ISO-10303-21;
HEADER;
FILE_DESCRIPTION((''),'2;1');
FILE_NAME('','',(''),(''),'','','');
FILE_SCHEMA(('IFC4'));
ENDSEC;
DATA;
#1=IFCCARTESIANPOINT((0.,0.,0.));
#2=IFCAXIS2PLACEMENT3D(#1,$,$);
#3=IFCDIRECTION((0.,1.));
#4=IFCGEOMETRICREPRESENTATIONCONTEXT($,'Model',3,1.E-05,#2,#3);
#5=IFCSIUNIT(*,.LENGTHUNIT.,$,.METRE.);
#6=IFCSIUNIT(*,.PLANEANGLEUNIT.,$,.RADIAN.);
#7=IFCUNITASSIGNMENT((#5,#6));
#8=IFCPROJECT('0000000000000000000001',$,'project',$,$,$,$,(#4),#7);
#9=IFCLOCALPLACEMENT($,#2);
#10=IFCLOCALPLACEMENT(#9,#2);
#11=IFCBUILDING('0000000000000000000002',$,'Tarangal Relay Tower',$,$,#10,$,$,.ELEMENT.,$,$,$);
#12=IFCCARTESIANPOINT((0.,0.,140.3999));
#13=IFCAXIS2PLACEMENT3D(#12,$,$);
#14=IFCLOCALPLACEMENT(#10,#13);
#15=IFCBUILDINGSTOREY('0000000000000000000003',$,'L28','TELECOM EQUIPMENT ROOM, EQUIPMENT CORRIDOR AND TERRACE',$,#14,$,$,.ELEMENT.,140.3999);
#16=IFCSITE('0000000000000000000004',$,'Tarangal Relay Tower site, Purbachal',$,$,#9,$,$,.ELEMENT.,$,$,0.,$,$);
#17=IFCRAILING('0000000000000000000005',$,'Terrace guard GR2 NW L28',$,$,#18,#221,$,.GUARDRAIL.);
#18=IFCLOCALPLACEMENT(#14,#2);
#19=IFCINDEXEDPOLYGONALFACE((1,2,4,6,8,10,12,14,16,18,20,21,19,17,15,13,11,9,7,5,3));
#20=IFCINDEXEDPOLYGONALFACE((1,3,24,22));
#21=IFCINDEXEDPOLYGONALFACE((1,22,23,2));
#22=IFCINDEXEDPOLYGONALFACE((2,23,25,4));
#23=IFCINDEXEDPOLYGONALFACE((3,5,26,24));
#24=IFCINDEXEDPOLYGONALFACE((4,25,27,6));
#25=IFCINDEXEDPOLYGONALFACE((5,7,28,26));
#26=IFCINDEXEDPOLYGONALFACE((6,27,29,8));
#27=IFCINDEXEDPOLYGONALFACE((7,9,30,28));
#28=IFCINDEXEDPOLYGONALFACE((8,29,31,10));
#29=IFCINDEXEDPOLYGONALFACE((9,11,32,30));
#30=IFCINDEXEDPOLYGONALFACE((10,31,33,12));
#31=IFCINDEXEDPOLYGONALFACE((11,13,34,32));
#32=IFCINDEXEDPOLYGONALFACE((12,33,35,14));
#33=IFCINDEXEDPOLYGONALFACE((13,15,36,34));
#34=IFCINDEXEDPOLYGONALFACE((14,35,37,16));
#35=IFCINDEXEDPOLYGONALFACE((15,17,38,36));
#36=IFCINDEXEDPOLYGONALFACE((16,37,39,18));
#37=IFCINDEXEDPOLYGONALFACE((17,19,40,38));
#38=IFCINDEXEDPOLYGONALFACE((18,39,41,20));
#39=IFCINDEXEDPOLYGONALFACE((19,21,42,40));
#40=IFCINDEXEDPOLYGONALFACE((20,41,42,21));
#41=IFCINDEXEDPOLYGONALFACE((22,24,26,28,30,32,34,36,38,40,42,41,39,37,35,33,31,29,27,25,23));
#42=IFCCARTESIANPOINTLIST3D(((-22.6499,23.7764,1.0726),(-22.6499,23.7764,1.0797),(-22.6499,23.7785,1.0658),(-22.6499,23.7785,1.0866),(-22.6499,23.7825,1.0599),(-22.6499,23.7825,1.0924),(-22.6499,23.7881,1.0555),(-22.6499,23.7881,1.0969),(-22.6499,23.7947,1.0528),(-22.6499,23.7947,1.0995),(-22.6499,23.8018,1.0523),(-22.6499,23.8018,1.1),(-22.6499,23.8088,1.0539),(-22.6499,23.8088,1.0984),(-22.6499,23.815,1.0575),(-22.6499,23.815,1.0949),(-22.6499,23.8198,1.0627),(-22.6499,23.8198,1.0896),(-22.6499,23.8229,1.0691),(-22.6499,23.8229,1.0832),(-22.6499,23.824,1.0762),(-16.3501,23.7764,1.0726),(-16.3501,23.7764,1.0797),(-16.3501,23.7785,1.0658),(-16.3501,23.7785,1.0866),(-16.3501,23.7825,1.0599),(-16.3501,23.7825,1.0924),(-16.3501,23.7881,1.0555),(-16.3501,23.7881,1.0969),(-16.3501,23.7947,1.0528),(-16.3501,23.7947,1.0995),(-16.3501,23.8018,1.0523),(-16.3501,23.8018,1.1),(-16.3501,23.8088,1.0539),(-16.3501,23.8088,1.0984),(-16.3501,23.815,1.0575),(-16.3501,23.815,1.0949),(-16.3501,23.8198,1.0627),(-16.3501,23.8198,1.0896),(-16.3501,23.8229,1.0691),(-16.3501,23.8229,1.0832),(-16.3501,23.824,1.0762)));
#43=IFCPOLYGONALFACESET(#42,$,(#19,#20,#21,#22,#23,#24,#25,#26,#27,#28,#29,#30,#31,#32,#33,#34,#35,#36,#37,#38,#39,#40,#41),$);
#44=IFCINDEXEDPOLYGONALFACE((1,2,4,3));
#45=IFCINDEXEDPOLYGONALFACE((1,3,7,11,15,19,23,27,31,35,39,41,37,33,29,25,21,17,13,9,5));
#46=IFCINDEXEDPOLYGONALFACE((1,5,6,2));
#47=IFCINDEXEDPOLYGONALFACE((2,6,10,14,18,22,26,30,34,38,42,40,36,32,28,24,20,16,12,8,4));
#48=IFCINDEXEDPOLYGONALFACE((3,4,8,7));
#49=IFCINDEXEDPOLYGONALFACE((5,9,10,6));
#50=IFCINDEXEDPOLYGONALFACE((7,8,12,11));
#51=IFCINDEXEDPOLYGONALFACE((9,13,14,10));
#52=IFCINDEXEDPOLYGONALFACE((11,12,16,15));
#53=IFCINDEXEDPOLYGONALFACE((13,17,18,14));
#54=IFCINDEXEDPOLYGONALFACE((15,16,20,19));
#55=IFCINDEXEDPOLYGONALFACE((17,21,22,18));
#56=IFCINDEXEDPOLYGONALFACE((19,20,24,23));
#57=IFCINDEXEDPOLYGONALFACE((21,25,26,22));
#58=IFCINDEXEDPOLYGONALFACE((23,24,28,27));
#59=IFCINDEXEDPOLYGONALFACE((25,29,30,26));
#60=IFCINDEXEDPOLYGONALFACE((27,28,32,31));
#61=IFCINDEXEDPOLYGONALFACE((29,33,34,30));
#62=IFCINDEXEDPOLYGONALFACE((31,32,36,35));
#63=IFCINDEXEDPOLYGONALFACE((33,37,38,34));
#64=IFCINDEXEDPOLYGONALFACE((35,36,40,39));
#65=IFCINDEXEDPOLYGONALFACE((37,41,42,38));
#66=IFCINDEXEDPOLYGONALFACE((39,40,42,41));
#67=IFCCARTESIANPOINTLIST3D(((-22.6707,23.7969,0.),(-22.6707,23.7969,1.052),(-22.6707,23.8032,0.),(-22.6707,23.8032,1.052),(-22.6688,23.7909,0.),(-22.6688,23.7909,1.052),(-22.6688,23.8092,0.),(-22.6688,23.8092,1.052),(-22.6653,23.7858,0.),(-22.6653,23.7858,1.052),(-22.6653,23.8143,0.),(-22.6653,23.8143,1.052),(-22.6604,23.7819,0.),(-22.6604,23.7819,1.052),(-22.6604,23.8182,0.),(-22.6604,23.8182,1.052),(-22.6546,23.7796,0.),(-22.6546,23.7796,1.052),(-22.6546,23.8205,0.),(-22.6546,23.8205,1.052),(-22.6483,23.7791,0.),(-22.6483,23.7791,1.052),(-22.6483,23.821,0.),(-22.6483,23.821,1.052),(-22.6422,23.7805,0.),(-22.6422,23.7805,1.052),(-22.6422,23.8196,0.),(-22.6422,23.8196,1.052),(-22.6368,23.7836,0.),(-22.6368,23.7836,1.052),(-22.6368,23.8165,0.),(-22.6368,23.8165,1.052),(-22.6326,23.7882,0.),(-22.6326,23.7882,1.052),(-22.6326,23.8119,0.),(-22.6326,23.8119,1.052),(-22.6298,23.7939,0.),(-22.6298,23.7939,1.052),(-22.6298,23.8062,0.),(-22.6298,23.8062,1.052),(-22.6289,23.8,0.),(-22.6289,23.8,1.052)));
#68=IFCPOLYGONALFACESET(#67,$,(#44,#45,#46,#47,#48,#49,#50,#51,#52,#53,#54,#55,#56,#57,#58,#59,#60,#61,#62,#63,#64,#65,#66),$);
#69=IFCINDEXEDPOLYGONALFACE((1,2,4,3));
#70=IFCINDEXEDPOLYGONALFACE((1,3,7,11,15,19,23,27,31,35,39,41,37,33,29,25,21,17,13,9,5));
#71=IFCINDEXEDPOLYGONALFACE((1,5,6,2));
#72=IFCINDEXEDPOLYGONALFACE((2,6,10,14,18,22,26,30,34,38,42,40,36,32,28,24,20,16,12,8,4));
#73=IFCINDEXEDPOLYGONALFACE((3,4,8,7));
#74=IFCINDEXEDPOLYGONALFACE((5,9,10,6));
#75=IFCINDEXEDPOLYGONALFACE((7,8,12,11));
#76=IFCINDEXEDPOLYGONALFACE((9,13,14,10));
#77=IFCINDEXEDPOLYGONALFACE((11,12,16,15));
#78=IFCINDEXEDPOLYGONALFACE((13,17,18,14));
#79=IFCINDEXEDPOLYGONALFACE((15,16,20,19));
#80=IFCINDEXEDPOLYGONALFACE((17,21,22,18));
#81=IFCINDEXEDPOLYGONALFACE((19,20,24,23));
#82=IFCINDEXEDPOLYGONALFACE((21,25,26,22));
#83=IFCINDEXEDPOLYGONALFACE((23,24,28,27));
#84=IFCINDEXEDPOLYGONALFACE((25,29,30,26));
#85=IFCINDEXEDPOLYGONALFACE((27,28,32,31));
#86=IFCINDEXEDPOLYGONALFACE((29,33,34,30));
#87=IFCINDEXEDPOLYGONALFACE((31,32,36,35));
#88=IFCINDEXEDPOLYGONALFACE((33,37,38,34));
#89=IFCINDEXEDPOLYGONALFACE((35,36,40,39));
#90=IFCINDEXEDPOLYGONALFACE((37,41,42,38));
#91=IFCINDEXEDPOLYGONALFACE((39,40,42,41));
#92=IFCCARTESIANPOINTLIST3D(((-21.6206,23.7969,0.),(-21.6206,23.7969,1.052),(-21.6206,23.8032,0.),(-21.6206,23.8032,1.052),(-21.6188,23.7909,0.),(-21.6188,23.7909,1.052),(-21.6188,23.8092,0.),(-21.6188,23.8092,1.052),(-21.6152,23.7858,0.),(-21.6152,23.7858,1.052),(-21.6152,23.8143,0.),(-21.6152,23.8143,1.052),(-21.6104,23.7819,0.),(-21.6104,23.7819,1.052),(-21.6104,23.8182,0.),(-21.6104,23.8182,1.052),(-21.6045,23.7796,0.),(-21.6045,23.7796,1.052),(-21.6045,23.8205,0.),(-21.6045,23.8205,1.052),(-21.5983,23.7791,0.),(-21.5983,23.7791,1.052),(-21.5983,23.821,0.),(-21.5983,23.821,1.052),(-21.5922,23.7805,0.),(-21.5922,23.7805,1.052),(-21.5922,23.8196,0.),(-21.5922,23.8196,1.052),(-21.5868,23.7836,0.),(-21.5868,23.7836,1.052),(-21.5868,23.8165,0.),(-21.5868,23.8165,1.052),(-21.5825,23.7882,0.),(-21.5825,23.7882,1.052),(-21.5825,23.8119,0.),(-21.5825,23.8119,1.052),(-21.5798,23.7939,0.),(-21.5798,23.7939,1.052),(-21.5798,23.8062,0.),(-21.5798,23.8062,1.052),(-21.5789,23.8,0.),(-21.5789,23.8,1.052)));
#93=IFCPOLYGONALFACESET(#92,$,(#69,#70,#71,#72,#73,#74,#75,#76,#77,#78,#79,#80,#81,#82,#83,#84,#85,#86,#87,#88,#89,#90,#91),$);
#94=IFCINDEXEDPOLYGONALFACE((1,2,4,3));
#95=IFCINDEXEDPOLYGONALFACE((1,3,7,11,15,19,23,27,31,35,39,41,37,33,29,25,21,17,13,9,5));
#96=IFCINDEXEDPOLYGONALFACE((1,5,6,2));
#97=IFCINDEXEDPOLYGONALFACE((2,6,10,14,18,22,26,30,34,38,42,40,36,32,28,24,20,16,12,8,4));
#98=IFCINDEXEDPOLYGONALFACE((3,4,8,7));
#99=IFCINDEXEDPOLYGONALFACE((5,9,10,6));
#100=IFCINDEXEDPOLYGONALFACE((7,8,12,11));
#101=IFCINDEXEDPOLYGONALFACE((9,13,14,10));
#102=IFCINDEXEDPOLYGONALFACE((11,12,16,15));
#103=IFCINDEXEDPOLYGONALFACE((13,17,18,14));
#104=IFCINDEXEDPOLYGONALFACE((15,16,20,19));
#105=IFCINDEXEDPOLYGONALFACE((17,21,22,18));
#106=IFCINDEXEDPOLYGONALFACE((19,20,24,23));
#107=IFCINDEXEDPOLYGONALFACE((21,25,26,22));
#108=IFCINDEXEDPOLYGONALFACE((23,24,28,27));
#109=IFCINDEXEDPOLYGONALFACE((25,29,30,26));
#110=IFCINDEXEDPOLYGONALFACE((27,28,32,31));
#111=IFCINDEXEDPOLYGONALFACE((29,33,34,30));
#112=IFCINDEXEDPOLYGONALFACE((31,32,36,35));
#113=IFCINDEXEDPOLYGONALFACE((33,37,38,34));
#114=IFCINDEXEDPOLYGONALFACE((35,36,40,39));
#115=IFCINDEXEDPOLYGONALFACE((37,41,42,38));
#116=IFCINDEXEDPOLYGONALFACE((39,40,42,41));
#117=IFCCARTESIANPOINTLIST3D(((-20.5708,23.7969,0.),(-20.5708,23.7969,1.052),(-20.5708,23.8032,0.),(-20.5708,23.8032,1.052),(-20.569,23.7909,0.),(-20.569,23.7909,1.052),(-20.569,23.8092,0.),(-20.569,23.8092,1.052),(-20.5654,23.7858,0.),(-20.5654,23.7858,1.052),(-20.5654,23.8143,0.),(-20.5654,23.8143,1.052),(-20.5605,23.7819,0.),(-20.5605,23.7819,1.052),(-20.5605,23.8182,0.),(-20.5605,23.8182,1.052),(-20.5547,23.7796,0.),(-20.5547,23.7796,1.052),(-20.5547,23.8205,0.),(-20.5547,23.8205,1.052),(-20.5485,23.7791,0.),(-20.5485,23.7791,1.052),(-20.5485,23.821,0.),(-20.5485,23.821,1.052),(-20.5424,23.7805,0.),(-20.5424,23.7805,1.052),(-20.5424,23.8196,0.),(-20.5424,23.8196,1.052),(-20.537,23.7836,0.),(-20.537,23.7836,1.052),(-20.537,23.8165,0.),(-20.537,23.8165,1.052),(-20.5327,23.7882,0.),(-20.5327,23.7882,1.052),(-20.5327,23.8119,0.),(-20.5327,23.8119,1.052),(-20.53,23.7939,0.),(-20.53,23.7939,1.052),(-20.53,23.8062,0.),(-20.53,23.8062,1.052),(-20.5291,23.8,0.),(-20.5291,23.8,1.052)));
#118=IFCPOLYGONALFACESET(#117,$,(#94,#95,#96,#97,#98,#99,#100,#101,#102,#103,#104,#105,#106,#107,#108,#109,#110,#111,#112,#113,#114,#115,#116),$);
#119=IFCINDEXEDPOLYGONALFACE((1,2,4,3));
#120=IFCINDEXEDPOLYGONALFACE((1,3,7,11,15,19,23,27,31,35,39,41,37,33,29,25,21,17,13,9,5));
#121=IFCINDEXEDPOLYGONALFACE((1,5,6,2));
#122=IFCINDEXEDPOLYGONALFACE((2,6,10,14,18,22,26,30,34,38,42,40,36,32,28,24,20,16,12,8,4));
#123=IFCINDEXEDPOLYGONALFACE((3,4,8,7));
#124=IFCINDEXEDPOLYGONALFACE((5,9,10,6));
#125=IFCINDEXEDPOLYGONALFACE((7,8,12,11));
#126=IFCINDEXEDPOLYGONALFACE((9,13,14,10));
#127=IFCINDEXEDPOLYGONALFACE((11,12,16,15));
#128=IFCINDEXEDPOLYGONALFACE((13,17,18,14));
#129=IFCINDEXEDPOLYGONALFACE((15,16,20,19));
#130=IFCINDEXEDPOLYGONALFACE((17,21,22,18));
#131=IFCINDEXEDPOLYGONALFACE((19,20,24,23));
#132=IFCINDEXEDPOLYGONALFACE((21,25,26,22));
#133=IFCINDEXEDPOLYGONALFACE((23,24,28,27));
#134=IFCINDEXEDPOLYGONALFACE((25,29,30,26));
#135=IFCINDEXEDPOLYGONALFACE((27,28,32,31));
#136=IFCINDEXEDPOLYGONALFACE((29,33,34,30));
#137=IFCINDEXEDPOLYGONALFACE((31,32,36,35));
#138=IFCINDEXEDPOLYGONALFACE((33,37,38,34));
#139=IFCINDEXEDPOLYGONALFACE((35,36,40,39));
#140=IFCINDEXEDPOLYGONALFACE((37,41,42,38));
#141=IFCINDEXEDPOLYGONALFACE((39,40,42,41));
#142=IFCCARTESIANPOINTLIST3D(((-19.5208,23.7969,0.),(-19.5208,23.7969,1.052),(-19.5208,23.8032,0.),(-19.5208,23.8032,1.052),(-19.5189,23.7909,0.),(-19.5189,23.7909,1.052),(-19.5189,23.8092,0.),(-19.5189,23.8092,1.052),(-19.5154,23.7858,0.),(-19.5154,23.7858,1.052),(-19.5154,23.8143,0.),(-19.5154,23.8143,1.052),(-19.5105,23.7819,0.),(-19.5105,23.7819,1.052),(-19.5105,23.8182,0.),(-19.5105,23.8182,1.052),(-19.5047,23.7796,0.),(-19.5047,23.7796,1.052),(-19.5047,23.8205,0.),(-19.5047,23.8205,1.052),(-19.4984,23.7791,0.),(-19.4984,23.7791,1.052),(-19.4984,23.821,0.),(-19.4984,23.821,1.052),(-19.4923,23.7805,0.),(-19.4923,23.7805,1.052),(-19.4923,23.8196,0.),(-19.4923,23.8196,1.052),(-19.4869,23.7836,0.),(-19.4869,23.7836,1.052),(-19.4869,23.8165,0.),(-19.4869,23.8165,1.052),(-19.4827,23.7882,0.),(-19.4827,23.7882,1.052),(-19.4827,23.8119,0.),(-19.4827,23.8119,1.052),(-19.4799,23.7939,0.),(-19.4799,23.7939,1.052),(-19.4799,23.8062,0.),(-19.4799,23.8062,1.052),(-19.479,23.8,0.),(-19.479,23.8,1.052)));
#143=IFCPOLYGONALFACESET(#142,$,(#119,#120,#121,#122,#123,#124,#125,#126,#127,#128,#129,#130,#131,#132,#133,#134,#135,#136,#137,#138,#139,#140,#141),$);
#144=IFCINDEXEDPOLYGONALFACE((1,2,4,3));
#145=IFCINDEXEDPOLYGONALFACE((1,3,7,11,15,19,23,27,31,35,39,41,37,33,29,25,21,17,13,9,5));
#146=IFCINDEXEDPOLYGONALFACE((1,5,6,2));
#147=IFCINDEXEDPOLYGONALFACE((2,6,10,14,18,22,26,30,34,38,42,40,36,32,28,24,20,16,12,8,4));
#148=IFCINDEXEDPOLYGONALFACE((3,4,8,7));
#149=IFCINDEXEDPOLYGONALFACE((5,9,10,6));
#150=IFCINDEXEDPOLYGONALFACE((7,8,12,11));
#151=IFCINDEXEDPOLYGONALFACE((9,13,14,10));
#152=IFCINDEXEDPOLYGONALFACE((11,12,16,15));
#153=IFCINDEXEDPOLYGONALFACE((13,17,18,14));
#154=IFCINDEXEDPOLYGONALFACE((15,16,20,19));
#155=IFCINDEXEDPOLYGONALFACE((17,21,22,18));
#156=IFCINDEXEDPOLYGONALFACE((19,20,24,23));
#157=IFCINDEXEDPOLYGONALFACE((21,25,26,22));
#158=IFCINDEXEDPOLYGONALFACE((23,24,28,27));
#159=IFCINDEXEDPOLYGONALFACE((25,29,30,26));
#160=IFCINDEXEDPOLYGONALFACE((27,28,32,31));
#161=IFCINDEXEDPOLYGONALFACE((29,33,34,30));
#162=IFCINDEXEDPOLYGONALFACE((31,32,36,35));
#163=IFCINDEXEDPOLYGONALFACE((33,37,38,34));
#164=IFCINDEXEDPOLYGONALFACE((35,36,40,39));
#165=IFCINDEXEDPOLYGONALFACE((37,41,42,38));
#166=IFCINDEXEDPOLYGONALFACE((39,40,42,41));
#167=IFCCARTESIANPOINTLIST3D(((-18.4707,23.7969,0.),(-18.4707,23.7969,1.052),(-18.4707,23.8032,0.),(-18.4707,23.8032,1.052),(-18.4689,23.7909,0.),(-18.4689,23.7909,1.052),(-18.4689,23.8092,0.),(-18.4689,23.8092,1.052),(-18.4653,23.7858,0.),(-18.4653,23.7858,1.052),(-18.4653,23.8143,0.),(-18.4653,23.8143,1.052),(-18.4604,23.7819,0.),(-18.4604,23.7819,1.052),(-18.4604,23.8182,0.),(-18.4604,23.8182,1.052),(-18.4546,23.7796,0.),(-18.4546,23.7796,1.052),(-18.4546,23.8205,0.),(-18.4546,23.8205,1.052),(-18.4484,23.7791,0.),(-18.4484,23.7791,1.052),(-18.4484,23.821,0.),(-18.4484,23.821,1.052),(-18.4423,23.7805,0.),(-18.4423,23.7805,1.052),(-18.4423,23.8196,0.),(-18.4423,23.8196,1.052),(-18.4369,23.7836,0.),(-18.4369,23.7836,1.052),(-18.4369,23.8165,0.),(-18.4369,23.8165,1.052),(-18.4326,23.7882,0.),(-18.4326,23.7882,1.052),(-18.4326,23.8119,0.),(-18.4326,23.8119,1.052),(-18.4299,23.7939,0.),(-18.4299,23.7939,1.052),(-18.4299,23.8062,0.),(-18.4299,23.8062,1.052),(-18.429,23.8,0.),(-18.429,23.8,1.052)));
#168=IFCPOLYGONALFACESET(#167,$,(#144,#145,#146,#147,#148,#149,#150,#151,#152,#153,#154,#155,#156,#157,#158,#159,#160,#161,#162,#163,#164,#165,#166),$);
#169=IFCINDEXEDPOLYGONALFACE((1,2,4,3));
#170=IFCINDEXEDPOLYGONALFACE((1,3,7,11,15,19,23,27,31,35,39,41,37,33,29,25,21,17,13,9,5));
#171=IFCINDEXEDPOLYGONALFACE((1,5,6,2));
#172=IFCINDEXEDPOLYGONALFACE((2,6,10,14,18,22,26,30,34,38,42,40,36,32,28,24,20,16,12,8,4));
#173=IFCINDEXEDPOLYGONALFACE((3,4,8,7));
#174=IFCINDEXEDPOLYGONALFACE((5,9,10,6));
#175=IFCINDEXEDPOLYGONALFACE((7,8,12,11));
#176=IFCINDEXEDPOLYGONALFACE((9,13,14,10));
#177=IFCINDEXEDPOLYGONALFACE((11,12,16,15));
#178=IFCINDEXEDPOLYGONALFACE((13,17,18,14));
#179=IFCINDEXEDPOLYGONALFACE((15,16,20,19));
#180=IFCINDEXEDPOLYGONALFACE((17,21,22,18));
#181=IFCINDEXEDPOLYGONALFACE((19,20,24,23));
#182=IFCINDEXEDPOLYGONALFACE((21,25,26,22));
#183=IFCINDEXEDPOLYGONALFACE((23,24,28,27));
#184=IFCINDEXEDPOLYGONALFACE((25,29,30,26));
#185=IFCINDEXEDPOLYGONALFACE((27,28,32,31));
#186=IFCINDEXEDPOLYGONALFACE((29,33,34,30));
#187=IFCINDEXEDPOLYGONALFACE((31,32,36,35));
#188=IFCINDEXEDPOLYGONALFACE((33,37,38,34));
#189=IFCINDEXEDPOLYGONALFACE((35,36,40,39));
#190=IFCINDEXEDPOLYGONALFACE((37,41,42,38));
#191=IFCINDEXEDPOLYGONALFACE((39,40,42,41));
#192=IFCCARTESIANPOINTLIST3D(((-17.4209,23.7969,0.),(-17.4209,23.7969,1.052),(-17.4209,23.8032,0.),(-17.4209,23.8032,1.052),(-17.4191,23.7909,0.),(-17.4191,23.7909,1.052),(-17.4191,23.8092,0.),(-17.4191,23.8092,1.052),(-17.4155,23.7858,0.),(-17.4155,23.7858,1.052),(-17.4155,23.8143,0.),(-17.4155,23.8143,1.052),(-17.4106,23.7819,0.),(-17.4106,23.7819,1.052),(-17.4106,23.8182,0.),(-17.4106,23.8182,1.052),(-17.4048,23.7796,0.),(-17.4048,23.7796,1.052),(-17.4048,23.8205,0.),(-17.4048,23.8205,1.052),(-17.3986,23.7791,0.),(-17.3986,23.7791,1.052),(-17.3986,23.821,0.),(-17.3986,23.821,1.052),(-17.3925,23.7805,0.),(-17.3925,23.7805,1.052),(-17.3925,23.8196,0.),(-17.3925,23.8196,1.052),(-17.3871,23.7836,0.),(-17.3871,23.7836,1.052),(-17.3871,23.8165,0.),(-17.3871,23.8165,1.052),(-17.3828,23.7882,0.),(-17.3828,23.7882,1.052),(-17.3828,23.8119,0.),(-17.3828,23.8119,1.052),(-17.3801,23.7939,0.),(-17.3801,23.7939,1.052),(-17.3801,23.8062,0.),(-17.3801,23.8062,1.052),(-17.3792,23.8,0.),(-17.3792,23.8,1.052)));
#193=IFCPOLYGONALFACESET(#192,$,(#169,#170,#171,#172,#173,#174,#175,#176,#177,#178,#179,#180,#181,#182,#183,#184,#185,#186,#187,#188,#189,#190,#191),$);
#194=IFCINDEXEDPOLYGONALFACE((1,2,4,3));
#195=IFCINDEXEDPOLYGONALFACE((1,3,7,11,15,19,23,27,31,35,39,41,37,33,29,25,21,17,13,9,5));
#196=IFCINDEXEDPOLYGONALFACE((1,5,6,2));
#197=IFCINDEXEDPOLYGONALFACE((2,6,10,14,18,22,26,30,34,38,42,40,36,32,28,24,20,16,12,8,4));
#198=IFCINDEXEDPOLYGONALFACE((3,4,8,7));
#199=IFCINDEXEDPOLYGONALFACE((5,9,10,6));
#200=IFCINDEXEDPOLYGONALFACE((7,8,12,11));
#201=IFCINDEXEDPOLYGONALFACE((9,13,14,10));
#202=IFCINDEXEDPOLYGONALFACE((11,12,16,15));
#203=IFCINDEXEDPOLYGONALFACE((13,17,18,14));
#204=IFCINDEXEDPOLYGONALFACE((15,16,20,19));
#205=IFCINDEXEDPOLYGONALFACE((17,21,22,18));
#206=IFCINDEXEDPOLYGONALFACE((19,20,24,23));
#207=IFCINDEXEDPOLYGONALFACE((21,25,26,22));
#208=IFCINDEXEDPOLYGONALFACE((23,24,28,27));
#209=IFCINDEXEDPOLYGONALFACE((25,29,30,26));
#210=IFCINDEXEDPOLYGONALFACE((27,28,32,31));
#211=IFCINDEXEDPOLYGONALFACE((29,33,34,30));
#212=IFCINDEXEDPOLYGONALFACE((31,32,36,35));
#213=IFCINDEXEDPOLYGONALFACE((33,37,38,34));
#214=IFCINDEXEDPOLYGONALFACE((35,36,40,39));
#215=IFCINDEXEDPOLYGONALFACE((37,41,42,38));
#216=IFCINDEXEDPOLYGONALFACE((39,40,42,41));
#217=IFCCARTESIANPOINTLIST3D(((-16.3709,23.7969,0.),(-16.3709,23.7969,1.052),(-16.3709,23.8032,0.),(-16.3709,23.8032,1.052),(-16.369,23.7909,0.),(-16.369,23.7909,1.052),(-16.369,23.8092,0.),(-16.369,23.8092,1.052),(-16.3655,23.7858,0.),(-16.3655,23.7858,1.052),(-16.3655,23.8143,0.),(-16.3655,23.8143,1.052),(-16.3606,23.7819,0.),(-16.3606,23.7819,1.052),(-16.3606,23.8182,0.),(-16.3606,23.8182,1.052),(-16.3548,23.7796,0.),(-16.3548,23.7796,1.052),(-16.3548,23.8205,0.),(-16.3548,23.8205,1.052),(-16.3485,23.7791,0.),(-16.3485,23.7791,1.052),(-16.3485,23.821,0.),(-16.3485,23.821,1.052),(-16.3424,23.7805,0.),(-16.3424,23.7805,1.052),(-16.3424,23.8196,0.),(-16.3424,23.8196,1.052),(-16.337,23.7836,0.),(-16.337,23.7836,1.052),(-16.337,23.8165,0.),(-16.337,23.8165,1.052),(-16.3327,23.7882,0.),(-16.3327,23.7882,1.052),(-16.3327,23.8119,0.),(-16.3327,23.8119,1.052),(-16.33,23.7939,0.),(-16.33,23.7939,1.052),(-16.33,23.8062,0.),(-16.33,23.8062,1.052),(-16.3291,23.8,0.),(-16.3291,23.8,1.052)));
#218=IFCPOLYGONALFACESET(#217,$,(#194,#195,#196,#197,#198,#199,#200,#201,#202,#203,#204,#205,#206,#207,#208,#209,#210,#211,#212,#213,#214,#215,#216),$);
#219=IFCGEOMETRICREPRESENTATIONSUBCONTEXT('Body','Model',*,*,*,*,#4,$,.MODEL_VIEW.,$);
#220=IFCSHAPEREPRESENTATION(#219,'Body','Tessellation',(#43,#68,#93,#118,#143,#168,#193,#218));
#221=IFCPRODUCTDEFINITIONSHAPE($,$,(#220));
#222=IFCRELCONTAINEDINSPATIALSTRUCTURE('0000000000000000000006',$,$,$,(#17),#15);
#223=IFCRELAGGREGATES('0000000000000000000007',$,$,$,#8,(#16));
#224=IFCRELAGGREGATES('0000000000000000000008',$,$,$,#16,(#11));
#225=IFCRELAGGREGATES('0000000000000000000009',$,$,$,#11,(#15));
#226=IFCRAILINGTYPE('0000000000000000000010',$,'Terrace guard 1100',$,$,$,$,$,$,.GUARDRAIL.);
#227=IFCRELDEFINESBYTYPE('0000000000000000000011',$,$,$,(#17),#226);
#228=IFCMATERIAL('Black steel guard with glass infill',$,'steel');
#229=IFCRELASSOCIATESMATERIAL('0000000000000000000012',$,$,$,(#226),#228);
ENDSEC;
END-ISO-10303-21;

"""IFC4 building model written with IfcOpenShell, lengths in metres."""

from ifc_helpers import new_model, si_unit, direction, frame, origin, origin_2d, place, context, subcontext, project, spatial, circle, extrude, material, type_object, element, save


model = new_model("IFC4")

# Units and contexts
model_context = context("Model", 3, precision=1e-05, world=origin(), true_north=direction((0.0, 1.0)))
body_context = subcontext(model_context, "Body", "Model", "MODEL_VIEW")
ifc_project = project(units=[si_unit("LENGTHUNIT", "METRE"), si_unit("PLANEANGLEUNIT", "RADIAN")], contexts=[model_context])

# Site, building, storey
site_placement = place(None, origin())
site = spatial("IfcSite", under=ifc_project, at=site_placement, Name="Tarangal Relay Tower site, Purbachal", CompositionType="ELEMENT", RefElevation=0.0)
building_placement = place(site_placement, origin())
building = spatial("IfcBuilding", under=site, at=building_placement, Name="Tarangal Relay Tower", CompositionType="ELEMENT")
storey_placement = place(building_placement, frame((0.0, 0.0, 140.3999)))
storey = spatial("IfcBuildingStorey", under=building, at=storey_placement, Name="L28", Description="TELECOM EQUIPMENT ROOM, EQUIPMENT CORRIDOR AND TERRACE", CompositionType="ELEMENT", Elevation=140.3999)

# Railing
ifc_material_1 = material(Name="Black steel guard with glass infill", Category="steel")
railing_type = type_object("IfcRailingType", Name="Terrace guard 1100", PredefinedType="GUARDRAIL", material=ifc_material_1)
railing_1_placement = place(storey_placement, frame((-22.6499, 23.8, 0.0)))
element("IfcRailing", 1, at=railing_1_placement, inside=storey, type_object=railing_type, Name="Terrace guard GR2 NW L28", PredefinedType="GUARDRAIL", context=body_context, shape_type="SweptSolid", body=[
    extrude(circle(Radius=0.0239, at=origin_2d()), frame((0.0, 0.0, 1.0762), z_axis=(1.0, 0.0, 0.0), x_axis=(0.0, 1.0, 0.0)), (0.0, 0.0, 1.0), 6.2998),
    extrude(circle(Radius=0.021, at=origin_2d()), origin(), (0.0, 0.0, 1.0), 1.052),
    extrude(circle(Radius=0.021, at=origin_2d()), frame((1.05, 0.0, 0.0)), (0.0, 0.0, 1.0), 1.052),
    extrude(circle(Radius=0.021, at=origin_2d()), frame((2.0999, 0.0, 0.0)), (0.0, 0.0, 1.0), 1.052),
    extrude(circle(Radius=0.021, at=origin_2d()), frame((3.1499, 0.0, 0.0)), (0.0, 0.0, 1.0), 1.052),
    extrude(circle(Radius=0.021, at=origin_2d()), frame((4.2, 0.0, 0.0)), (0.0, 0.0, 1.0), 1.052),
    extrude(circle(Radius=0.021, at=origin_2d()), frame((5.2498, 0.0, 0.0)), (0.0, 0.0, 1.0), 1.052),
    extrude(circle(Radius=0.021, at=origin_2d()), frame((6.2998, 0.0, 0.0)), (0.0, 0.0, 1.0), 1.052),
])

save(model, "model.ifc")
